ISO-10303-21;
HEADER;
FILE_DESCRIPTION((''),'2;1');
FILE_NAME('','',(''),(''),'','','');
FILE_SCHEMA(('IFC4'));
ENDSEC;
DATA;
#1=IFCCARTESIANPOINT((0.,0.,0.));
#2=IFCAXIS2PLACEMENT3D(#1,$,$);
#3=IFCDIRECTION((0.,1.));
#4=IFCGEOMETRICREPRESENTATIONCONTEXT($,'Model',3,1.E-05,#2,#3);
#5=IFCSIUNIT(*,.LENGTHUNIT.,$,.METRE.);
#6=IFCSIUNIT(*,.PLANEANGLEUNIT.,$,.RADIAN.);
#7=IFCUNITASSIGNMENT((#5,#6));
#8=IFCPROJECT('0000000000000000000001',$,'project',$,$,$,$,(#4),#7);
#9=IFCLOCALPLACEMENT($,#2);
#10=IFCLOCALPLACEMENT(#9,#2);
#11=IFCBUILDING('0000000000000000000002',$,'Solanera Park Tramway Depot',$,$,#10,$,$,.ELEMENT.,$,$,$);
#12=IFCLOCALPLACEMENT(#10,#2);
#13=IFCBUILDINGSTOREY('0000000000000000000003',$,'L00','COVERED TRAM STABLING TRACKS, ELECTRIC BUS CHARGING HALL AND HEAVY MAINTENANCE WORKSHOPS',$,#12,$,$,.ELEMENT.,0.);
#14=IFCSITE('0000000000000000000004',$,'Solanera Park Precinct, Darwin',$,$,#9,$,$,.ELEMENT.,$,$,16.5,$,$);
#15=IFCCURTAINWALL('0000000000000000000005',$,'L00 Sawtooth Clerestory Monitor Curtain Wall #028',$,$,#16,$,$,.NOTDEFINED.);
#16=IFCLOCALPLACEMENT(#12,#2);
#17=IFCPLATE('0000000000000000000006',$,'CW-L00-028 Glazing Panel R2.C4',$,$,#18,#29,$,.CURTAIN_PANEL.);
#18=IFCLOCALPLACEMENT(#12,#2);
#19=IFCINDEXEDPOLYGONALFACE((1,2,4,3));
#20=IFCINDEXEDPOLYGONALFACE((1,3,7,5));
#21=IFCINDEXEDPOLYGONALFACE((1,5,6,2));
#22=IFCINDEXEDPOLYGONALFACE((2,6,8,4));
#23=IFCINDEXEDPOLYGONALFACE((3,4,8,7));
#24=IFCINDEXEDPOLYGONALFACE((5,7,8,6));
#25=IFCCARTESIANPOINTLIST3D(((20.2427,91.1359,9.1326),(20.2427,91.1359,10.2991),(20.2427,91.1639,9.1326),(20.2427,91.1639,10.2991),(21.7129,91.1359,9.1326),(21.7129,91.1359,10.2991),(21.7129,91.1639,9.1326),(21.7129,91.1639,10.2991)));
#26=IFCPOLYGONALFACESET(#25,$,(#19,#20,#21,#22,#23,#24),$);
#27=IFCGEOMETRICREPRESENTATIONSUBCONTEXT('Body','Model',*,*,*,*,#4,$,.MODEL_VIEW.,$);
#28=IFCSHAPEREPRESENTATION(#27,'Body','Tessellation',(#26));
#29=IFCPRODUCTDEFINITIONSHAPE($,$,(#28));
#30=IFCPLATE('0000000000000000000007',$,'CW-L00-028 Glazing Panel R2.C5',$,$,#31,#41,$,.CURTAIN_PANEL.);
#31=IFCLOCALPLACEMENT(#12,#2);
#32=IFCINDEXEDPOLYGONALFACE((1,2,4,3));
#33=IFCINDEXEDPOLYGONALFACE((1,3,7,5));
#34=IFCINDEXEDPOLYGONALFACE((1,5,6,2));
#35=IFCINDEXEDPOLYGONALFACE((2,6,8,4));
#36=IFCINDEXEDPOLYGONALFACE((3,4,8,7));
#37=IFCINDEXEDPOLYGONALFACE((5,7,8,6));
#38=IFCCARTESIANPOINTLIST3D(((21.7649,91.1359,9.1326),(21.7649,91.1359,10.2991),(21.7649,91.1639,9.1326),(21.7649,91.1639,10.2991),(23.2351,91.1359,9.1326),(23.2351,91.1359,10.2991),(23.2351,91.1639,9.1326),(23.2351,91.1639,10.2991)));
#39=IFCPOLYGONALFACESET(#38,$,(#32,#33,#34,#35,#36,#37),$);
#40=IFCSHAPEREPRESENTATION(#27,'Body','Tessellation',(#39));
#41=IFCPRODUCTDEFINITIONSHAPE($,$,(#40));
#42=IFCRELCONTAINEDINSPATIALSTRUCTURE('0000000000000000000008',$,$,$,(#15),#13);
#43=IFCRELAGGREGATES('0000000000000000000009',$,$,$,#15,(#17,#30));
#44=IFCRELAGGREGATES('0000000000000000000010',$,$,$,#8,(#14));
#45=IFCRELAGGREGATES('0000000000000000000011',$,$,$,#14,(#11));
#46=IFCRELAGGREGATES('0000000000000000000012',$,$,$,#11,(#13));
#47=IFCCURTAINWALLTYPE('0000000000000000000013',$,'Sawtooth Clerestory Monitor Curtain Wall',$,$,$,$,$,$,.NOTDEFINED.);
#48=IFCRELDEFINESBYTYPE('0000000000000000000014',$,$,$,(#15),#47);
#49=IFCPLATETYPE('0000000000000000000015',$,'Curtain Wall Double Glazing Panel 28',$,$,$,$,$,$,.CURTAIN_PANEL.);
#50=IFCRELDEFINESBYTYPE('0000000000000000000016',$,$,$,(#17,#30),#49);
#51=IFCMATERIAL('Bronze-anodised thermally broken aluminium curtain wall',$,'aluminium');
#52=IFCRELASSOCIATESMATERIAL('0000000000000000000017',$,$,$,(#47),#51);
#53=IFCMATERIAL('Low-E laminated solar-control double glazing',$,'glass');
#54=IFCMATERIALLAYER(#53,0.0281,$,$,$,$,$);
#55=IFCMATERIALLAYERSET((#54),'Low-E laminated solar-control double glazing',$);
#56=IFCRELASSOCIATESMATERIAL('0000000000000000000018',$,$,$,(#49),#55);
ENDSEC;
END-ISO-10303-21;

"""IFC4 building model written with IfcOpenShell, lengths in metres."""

from ifc_helpers import new_model, si_unit, direction, frame, origin, origin_2d, place, context, subcontext, project, spatial, rectangle, extrude, material, layer, layer_set, type_object, element, aggregate, save


model = new_model("IFC4")

# Units and contexts
model_context = context("Model", 3, precision=1e-05, world=origin(), true_north=direction((0.0, 1.0)))
body_context = subcontext(model_context, "Body", "Model", "MODEL_VIEW")
ifc_project = project(units=[si_unit("LENGTHUNIT", "METRE"), si_unit("PLANEANGLEUNIT", "RADIAN")], contexts=[model_context])

# Site, building, storey
site_placement = place(None, origin())
site = spatial("IfcSite", under=ifc_project, at=site_placement, Name="Solanera Park Precinct, Darwin", CompositionType="ELEMENT", RefElevation=16.5)
building_placement = place(site_placement, origin())
building = spatial("IfcBuilding", under=site, at=building_placement, Name="Solanera Park Tramway Depot", CompositionType="ELEMENT")
storey_placement = place(building_placement, origin())
storey = spatial("IfcBuildingStorey", under=building, at=storey_placement, Name="L00", Description="COVERED TRAM STABLING TRACKS, ELECTRIC BUS CHARGING HALL AND HEAVY MAINTENANCE WORKSHOPS", CompositionType="ELEMENT", Elevation=0.0)

# Shared definitions
ifc_material_1 = material(Name="Bronze-anodised thermally broken aluminium curtain wall", Category="aluminium")
curtain_wall_type = type_object("IfcCurtainWallType", Name="Sawtooth Clerestory Monitor Curtain Wall", PredefinedType="NOTDEFINED", material=ifc_material_1)

# Curtain wall
curtain_wall_1_placement = place(storey_placement, origin())
curtain_wall_1 = element("IfcCurtainWall", 1, at=curtain_wall_1_placement, inside=storey, type_object=curtain_wall_type, Name="L00 Sawtooth Clerestory Monitor Curtain Wall #028", PredefinedType="NOTDEFINED")

# Plates
ifc_material_2 = material(Name="Low-E laminated solar-control double glazing", Category="glass")
ifc_layer = layer(ifc_material_2, 0.0281)
ifc_layer_set = layer_set([ifc_layer], Name="Low-E laminated solar-control double glazing")
plate_type = type_object("IfcPlateType", Name="Curtain Wall Double Glazing Panel 28", PredefinedType="CURTAIN_PANEL", material=ifc_layer_set)
plate_1_placement = place(storey_placement, frame((20.9778, 91.1499, 9.1326), z_axis=(0.0, 0.0, 1.0), x_axis=(1.0, 0.0, 0.0)))
plate_1 = element("IfcPlate", 2, at=plate_1_placement, type_object=plate_type, Name="CW-L00-028 Glazing Panel R2.C4", PredefinedType="CURTAIN_PANEL", context=body_context, shape_type="SweptSolid", body=[
    extrude(rectangle(XDim=1.4702, YDim=0.0281, at=origin_2d()), origin(), (0.0, 0.0, 1.0), 1.1665),
])
plate_2_placement = place(storey_placement, frame((22.5, 91.1499, 9.1326), z_axis=(0.0, 0.0, 1.0), x_axis=(1.0, 0.0, 0.0)))
plate_2 = element("IfcPlate", 3, at=plate_2_placement, type_object=plate_type, Name="CW-L00-028 Glazing Panel R2.C5", PredefinedType="CURTAIN_PANEL", context=body_context, shape_type="SweptSolid", body=[
    extrude(rectangle(XDim=1.4702, YDim=0.0281, at=origin_2d()), origin(), (0.0, 0.0, 1.0), 1.1665),
])
aggregate(curtain_wall_1, [plate_1, plate_2])

save(model, "model.ifc")
